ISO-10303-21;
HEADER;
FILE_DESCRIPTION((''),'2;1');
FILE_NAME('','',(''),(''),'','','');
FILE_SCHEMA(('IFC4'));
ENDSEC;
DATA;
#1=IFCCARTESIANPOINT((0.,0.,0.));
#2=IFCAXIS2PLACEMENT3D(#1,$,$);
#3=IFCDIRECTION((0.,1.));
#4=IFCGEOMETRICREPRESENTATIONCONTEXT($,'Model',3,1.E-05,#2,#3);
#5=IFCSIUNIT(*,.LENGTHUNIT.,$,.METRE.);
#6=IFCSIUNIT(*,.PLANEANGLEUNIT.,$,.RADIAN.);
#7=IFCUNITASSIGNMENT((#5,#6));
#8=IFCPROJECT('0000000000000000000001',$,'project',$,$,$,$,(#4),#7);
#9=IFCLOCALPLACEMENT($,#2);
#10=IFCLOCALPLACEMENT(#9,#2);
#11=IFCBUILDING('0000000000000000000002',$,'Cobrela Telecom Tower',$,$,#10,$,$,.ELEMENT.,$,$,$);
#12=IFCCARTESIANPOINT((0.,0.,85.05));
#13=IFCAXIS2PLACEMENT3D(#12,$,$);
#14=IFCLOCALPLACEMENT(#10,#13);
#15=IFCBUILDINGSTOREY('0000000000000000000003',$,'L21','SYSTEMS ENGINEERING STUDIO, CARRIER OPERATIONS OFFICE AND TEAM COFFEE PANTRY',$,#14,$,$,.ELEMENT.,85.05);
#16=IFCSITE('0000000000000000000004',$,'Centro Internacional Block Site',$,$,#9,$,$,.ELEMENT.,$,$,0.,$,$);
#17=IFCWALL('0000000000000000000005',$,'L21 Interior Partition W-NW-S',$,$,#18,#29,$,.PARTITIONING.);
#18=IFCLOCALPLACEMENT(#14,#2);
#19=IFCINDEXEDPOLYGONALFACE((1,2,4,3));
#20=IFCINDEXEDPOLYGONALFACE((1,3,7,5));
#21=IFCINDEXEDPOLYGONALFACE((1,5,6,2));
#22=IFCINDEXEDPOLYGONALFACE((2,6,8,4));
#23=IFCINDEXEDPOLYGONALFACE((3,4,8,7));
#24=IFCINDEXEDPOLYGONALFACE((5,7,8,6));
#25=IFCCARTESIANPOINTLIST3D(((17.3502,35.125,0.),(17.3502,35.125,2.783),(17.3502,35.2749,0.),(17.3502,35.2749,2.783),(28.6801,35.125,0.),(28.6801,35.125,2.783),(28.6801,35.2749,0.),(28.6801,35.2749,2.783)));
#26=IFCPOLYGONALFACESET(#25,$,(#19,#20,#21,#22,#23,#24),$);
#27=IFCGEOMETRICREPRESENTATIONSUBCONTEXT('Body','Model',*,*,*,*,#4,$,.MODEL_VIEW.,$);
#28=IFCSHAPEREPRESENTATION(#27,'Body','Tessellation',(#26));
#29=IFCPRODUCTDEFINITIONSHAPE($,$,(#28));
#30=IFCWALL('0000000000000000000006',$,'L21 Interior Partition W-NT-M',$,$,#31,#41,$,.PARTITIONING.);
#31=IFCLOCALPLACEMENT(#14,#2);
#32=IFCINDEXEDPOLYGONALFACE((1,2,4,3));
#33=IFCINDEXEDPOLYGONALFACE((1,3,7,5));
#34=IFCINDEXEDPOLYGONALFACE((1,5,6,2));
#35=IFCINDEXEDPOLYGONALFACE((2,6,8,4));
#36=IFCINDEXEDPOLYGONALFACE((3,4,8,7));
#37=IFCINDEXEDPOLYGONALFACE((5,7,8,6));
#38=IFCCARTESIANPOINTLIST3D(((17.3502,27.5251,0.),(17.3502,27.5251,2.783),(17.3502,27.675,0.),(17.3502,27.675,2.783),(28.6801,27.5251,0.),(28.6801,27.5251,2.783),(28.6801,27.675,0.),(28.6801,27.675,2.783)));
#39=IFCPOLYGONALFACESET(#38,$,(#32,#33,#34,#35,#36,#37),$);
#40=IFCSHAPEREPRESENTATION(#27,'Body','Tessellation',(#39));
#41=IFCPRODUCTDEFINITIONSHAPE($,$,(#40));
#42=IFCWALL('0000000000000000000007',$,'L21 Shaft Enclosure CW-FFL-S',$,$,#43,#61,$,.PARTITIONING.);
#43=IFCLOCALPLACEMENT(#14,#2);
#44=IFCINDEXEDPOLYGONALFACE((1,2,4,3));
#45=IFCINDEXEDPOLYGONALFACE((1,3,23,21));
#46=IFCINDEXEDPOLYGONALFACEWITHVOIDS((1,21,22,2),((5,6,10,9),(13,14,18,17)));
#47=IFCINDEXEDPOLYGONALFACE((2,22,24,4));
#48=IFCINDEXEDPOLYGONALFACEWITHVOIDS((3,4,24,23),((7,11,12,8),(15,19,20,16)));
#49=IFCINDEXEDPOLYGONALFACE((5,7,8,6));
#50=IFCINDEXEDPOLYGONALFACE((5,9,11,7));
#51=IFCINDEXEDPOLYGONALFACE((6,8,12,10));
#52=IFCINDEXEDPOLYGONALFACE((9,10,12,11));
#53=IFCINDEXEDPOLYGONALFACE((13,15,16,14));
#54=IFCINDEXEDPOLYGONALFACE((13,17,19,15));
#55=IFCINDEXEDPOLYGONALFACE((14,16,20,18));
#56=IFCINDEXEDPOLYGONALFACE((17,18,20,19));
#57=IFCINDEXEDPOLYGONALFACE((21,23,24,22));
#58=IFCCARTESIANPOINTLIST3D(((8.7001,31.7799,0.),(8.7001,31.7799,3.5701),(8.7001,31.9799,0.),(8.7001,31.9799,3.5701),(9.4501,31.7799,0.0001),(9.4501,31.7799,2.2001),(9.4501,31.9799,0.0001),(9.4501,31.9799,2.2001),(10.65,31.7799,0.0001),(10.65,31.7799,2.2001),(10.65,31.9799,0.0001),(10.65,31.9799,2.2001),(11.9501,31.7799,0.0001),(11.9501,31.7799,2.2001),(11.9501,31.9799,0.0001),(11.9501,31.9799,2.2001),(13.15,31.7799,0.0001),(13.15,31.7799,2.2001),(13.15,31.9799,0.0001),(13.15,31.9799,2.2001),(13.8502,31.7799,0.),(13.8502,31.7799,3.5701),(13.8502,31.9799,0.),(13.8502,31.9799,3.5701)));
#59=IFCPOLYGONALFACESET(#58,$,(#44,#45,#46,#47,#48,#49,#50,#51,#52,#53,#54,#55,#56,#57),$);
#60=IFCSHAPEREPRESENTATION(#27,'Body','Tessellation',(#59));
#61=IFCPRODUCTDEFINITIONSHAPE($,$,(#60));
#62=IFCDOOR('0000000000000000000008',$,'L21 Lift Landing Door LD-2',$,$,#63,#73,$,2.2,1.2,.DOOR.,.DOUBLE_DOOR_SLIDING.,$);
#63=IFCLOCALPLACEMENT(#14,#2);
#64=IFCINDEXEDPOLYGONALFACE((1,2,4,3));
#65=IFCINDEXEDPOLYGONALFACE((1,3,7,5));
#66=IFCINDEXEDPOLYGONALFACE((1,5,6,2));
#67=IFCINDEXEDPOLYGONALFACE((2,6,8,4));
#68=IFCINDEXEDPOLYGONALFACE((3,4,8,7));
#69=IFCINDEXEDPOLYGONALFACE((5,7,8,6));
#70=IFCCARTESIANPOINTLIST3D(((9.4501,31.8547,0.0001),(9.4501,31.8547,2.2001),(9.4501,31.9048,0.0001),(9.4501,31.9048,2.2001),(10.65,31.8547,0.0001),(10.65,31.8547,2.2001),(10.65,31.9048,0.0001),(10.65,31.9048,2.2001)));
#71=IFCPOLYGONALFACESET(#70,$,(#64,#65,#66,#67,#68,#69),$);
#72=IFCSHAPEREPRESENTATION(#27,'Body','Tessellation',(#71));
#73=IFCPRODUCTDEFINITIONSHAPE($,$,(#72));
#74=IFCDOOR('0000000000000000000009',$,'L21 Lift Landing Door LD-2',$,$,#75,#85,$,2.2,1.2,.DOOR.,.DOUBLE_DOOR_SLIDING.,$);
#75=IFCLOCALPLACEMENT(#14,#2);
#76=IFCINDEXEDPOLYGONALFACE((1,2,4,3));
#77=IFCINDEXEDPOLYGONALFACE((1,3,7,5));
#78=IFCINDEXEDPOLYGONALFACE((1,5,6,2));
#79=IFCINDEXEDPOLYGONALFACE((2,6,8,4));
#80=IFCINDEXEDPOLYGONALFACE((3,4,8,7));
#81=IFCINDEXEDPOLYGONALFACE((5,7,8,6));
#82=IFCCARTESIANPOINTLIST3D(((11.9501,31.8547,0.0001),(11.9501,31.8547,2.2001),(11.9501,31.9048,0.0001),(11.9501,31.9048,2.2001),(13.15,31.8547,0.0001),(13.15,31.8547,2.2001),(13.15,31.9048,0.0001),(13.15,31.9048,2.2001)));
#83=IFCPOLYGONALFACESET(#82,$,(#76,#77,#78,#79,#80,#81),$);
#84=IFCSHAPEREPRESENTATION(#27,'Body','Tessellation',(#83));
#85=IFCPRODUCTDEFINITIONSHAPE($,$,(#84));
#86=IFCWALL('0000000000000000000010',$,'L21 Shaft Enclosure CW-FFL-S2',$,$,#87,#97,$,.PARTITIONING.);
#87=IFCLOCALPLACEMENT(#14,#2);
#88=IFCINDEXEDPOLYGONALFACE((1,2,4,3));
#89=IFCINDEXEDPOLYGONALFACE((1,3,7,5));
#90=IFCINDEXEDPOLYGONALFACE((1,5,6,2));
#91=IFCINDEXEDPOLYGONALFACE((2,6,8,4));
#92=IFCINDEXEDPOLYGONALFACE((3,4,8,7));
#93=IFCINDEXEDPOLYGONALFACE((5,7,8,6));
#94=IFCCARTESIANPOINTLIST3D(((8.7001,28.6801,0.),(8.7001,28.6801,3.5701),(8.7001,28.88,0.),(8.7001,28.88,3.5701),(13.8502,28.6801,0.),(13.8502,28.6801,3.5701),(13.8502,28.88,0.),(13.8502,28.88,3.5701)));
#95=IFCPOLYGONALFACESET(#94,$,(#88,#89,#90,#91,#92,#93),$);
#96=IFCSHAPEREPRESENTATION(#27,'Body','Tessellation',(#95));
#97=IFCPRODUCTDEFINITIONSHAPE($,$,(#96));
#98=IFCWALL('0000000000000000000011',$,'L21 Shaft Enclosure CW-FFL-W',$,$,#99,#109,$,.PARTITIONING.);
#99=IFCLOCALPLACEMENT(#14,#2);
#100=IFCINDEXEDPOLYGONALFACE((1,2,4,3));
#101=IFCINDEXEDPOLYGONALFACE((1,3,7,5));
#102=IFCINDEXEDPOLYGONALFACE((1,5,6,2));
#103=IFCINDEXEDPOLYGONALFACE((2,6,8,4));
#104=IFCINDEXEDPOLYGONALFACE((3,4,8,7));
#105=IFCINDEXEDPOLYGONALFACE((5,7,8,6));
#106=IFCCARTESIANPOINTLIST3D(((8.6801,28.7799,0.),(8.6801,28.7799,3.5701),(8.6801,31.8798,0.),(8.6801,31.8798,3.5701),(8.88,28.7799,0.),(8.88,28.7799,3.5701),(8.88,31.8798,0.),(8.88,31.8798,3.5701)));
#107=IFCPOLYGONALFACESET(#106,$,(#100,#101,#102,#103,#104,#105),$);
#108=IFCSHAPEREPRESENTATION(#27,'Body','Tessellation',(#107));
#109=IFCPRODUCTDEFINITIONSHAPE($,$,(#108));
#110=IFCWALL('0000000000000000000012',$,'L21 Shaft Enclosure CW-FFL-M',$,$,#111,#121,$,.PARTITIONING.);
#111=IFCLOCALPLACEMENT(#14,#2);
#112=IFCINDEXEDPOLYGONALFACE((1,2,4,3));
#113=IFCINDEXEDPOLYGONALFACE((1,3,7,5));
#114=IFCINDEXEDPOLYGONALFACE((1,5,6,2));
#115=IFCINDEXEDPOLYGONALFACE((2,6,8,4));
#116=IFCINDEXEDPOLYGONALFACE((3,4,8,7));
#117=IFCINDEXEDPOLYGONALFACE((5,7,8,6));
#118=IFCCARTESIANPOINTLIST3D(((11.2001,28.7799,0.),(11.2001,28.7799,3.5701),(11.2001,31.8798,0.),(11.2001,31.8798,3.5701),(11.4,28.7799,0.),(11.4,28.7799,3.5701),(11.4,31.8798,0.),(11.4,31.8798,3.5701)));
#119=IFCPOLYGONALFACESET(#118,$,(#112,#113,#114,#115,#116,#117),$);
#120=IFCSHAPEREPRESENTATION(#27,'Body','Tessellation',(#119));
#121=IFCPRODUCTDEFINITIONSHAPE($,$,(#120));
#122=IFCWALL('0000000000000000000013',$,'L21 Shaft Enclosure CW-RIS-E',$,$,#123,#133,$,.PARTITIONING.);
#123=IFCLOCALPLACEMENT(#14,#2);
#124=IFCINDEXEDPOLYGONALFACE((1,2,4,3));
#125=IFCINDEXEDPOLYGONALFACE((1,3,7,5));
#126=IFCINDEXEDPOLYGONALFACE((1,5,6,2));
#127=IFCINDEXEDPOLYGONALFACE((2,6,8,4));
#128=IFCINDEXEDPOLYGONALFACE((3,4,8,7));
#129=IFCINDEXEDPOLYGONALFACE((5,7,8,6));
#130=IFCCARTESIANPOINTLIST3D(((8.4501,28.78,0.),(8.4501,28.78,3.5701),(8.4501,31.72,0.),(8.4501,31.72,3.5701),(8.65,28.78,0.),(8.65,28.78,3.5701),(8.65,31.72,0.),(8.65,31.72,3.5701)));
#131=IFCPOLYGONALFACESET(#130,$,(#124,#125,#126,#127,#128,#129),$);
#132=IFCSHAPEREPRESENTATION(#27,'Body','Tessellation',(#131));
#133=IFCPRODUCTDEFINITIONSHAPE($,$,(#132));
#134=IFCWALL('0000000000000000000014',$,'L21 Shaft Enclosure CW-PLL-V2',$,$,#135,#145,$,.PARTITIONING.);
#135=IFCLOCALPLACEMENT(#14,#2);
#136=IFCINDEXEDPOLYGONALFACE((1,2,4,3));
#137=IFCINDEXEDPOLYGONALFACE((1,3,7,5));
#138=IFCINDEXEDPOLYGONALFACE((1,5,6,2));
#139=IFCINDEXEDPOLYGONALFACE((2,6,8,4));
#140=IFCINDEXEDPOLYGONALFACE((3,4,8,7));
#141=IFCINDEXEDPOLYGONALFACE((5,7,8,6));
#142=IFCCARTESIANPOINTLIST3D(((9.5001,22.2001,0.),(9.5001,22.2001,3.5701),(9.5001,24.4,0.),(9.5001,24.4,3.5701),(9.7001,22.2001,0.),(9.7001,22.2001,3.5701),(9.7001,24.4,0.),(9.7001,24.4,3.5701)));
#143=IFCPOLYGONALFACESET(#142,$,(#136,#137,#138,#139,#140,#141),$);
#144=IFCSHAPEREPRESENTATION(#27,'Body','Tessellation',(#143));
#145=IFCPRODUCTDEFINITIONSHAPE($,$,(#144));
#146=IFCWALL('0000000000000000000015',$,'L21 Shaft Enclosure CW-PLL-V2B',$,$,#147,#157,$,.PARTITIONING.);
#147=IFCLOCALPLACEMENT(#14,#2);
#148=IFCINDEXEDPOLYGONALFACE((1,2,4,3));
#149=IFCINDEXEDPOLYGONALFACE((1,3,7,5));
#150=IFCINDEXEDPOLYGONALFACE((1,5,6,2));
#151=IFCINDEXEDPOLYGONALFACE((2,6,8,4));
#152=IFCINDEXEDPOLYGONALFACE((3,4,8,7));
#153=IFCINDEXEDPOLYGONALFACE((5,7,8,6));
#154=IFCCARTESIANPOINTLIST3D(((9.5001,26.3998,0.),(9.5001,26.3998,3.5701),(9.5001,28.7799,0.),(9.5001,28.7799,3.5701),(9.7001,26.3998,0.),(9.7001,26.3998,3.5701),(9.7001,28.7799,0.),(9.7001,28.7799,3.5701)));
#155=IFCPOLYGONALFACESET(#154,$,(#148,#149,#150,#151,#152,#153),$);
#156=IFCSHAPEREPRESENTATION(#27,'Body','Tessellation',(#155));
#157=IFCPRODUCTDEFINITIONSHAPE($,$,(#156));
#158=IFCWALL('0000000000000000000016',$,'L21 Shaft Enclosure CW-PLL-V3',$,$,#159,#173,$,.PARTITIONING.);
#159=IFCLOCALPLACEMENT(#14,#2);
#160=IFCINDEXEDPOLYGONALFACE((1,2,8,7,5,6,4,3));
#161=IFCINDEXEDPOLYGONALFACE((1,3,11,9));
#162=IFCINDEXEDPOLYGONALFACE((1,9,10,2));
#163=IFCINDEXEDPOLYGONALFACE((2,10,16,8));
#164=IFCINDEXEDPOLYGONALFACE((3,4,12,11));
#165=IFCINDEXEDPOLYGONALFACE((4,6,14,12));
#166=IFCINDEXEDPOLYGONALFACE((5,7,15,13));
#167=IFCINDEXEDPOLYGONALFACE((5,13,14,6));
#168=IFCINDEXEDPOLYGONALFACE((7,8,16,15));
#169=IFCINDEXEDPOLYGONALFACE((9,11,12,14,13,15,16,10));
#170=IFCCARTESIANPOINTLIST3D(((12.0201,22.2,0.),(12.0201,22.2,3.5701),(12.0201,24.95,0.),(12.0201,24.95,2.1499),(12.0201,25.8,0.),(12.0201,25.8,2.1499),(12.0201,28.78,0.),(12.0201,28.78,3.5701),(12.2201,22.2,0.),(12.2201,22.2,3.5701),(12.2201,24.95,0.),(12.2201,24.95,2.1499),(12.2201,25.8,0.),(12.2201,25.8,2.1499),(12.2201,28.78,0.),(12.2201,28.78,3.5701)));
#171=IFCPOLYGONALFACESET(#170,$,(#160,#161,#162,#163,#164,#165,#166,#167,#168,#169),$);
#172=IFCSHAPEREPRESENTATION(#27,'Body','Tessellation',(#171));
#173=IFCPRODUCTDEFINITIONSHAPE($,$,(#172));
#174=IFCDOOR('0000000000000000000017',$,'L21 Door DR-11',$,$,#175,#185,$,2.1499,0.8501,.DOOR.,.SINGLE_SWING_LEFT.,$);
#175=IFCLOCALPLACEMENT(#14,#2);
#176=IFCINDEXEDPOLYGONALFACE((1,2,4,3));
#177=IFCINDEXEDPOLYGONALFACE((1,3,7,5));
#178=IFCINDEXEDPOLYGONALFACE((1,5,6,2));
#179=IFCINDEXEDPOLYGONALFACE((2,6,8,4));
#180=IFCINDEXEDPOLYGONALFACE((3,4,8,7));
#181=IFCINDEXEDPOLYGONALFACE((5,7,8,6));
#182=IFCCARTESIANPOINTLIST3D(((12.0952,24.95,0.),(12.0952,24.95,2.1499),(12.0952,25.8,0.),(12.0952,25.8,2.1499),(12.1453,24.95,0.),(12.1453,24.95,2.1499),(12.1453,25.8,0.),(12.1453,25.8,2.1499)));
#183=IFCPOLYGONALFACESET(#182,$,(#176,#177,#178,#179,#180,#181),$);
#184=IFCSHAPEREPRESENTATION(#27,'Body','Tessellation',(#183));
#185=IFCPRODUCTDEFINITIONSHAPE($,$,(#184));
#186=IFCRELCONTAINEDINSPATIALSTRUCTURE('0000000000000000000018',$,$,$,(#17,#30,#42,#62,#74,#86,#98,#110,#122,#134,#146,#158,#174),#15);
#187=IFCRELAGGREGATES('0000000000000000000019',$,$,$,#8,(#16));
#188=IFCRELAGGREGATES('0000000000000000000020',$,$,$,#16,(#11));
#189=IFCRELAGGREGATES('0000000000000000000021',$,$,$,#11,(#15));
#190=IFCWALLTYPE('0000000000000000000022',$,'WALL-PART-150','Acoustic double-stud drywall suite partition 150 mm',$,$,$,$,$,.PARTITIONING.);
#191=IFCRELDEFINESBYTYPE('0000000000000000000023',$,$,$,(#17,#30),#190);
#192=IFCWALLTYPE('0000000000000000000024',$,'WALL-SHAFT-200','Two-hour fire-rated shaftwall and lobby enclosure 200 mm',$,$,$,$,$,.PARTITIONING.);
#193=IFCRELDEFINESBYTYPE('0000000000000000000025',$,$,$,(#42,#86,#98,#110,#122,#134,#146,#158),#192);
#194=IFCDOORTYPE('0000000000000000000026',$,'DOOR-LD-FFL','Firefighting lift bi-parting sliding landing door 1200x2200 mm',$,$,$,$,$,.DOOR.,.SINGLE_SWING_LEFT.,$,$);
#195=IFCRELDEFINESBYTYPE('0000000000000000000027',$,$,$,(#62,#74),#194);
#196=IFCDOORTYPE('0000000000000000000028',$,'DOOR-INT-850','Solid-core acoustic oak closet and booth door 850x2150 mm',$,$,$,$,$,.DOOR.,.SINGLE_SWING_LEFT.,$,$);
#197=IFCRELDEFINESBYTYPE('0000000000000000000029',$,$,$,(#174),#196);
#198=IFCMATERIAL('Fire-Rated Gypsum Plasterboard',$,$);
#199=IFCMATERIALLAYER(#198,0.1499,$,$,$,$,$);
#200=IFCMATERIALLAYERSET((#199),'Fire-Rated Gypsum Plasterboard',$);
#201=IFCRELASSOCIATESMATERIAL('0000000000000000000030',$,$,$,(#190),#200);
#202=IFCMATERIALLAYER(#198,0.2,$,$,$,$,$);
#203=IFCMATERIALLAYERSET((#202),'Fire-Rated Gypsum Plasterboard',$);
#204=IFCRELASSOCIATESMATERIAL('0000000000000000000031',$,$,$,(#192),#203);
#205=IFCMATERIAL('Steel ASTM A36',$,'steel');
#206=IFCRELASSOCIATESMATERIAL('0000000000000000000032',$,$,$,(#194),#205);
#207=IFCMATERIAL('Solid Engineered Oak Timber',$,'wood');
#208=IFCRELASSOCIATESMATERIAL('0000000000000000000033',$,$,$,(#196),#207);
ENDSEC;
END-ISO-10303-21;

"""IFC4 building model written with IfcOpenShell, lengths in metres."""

from ifc_helpers import new_model, si_unit, direction, frame, frame_2d, origin, place, context, subcontext, project, spatial, rectangle, extrude, material, layer, layer_set, type_object, element, fill, save


model = new_model("IFC4")

# Units and contexts
model_context = context("Model", 3, precision=1e-05, world=origin(), true_north=direction((0.0, 1.0)))
body_context = subcontext(model_context, "Body", "Model", "MODEL_VIEW")
ifc_project = project(units=[si_unit("LENGTHUNIT", "METRE"), si_unit("PLANEANGLEUNIT", "RADIAN")], contexts=[model_context])

# Site, building, storey
site_placement = place(None, origin())
site = spatial("IfcSite", under=ifc_project, at=site_placement, Name="Centro Internacional Block Site", CompositionType="ELEMENT", RefElevation=0.0)
building_placement = place(site_placement, origin())
building = spatial("IfcBuilding", under=site, at=building_placement, Name="Cobrela Telecom Tower", CompositionType="ELEMENT")
storey_placement = place(building_placement, frame((0.0, 0.0, 85.05)))
storey = spatial("IfcBuildingStorey", under=building, at=storey_placement, Name="L21", Description="SYSTEMS ENGINEERING STUDIO, CARRIER OPERATIONS OFFICE AND TEAM COFFEE PANTRY", CompositionType="ELEMENT", Elevation=85.05)

# Shared definitions
ifc_material_1 = material(Name="Steel ASTM A36", Category="steel")

# Shared definitions
ifc_material_2 = material(Name="Fire-Rated Gypsum Plasterboard")
ifc_layer_1 = layer(ifc_material_2, 0.1499)
ifc_layer_set_1 = layer_set([ifc_layer_1], Name="Fire-Rated Gypsum Plasterboard")
wall_type_1 = type_object("IfcWallType", Name="WALL-PART-150", Description="Acoustic double-stud drywall suite partition 150 mm", PredefinedType="PARTITIONING", material=ifc_layer_set_1)
ifc_material_3 = material(Name="Solid Engineered Oak Timber", Category="wood")

# Walls
for number, where, z_axis, x_axis, name in (
    (1, (17.3501, 35.2, 0.0), (0.0, 0.0, 1.0), (1.0, 0.0, 0.0), "L21 Interior Partition W-NW-S"),
    (2, (17.3501, 27.6001, 0.0), (0.0, 0.0, 1.0), (1.0, 0.0, 0.0), "L21 Interior Partition W-NT-M"),
):
    element("IfcWall", number, at=place(storey_placement, frame(where, z_axis=z_axis, x_axis=x_axis)), inside=storey, type_object=wall_type_1, Name=name, PredefinedType="PARTITIONING", context=body_context, shape_type="SweptSolid", body=[
        extrude(rectangle(XDim=11.3298, YDim=0.1499, at=frame_2d((5.665, 0.0))), origin(), (0.0, 0.0, 1.0), 2.783),
    ])

# Wall, openings, doors
ifc_layer_2 = layer(ifc_material_2, 0.2)
ifc_layer_set_2 = layer_set([ifc_layer_2], Name="Fire-Rated Gypsum Plasterboard")
wall_type_2 = type_object("IfcWallType", Name="WALL-SHAFT-200", Description="Two-hour fire-rated shaftwall and lobby enclosure 200 mm", PredefinedType="PARTITIONING", material=ifc_layer_set_2)
wall_1_placement = place(storey_placement, frame((8.7, 31.8799, 0.0), z_axis=(0.0, 0.0, 1.0), x_axis=(1.0, 0.0, 0.0)))
wall_1 = element("IfcWall", 3, at=wall_1_placement, inside=storey, type_object=wall_type_2, Name="L21 Shaft Enclosure CW-FFL-S", PredefinedType="PARTITIONING", context=body_context, shape_type="SweptSolid", body=[
    extrude(rectangle(XDim=5.1501, YDim=0.2, at=frame_2d((2.5752, 0.0))), origin(), (0.0, 0.0, 1.0), 3.5701),
])
opening_1_placement = place(wall_1_placement, frame((0.75, 0.0, 0.0)))
opening_1 = element("IfcOpeningElement", 4, at=opening_1_placement, cuts=wall_1, PredefinedType="OPENING", context=body_context, shape_type="SweptSolid", body=[
    extrude(rectangle(XDim=1.2, YDim=2.2, at=frame_2d((0.6001, 1.1001))), frame((0.0, 0.1118, 0.0), z_axis=(0.0, -1.0, 0.0), x_axis=(1.0, 0.0, 0.0)), (0.0, 0.0, 1.0), 0.2239),
])
opening_2_placement = place(wall_1_placement, frame((3.25, 0.0, 0.0)))
opening_2 = element("IfcOpeningElement", 5, at=opening_2_placement, cuts=wall_1, PredefinedType="OPENING", context=body_context, shape_type="SweptSolid", body=[
    extrude(rectangle(XDim=1.2, YDim=2.2, at=frame_2d((0.6001, 1.1001))), frame((0.0, 0.1118, 0.0), z_axis=(0.0, -1.0, 0.0), x_axis=(1.0, 0.0, 0.0)), (0.0, 0.0, 1.0), 0.2239),
])
door_type_1 = type_object("IfcDoorType", Name="DOOR-LD-FFL", Description="Firefighting lift bi-parting sliding landing door 1200x2200 mm", OperationType="SINGLE_SWING_LEFT", PredefinedType="DOOR", material=ifc_material_1)
door_1_placement = place(opening_1_placement, origin())
door_1 = element("IfcDoor", 6, at=door_1_placement, inside=storey, type_object=door_type_1, Name="L21 Lift Landing Door LD-2", OperationType="DOUBLE_DOOR_SLIDING", OverallHeight=2.2, OverallWidth=1.2, PredefinedType="DOOR", context=body_context, shape_type="SweptSolid", body=[
    extrude(rectangle(XDim=1.2, YDim=2.2, at=frame_2d((0.6001, 1.1001))), frame((0.0, 0.0249, 0.0), z_axis=(0.0, -1.0, 0.0), x_axis=(1.0, 0.0, 0.0)), (0.0, 0.0, 1.0), 0.05),
])
fill(opening_1, door_1)
door_2_placement = place(opening_2_placement, origin())
door_2 = element("IfcDoor", 7, at=door_2_placement, inside=storey, type_object=door_type_1, Name="L21 Lift Landing Door LD-2", OperationType="DOUBLE_DOOR_SLIDING", OverallHeight=2.2, OverallWidth=1.2, PredefinedType="DOOR", context=body_context, shape_type="SweptSolid", body=[
    extrude(rectangle(XDim=1.2, YDim=2.2, at=frame_2d((0.6001, 1.1001))), frame((0.0, 0.0249, 0.0), z_axis=(0.0, -1.0, 0.0), x_axis=(1.0, 0.0, 0.0)), (0.0, 0.0, 1.0), 0.05),
])
fill(opening_2, door_2)

# Walls
wall_2_placement = place(storey_placement, frame((8.7, 28.78, 0.0), z_axis=(0.0, 0.0, 1.0), x_axis=(1.0, 0.0, 0.0)))
element("IfcWall", 8, at=wall_2_placement, inside=storey, type_object=wall_type_2, Name="L21 Shaft Enclosure CW-FFL-S2", PredefinedType="PARTITIONING", context=body_context, shape_type="SweptSolid", body=[
    extrude(rectangle(XDim=5.1501, YDim=0.2, at=frame_2d((2.5752, 0.0))), origin(), (0.0, 0.0, 1.0), 3.5701),
])
for number, where, z_axis, x_axis, name in (
    (9, (8.78, 28.78, 0.0), (0.0, 0.0, 1.0), (0.0, 1.0, 0.0), "L21 Shaft Enclosure CW-FFL-W"),
    (10, (11.3, 28.78, 0.0), (0.0, 0.0, 1.0), (0.0, 1.0, 0.0), "L21 Shaft Enclosure CW-FFL-M"),
):
    element("IfcWall", number, at=place(storey_placement, frame(where, z_axis=z_axis, x_axis=x_axis)), inside=storey, type_object=wall_type_2, Name=name, PredefinedType="PARTITIONING", context=body_context, shape_type="SweptSolid", body=[
        extrude(rectangle(XDim=3.0999, YDim=0.2, at=frame_2d((1.5498, 0.0))), origin(), (0.0, 0.0, 1.0), 3.5701),
    ])
wall_3_placement = place(storey_placement, frame((8.55, 28.78, 0.0), z_axis=(0.0, 0.0, 1.0), x_axis=(0.0, 1.0, 0.0)))
element("IfcWall", 11, at=wall_3_placement, inside=storey, type_object=wall_type_2, Name="L21 Shaft Enclosure CW-RIS-E", PredefinedType="PARTITIONING", context=body_context, shape_type="SweptSolid", body=[
    extrude(rectangle(XDim=2.9399, YDim=0.2, at=frame_2d((1.47, 0.0))), origin(), (0.0, 0.0, 1.0), 3.5701),
])
wall_4_placement = place(storey_placement, frame((9.6001, 22.2, 0.0), z_axis=(0.0, 0.0, 1.0), x_axis=(0.0, 1.0, 0.0)))
element("IfcWall", 12, at=wall_4_placement, inside=storey, type_object=wall_type_2, Name="L21 Shaft Enclosure CW-PLL-V2", PredefinedType="PARTITIONING", context=body_context, shape_type="SweptSolid", body=[
    extrude(rectangle(XDim=2.2, YDim=0.2, at=frame_2d((1.1001, 0.0))), origin(), (0.0, 0.0, 1.0), 3.5701),
])
wall_5_placement = place(storey_placement, frame((9.6001, 26.3999, 0.0), z_axis=(0.0, 0.0, 1.0), x_axis=(0.0, 1.0, 0.0)))
element("IfcWall", 13, at=wall_5_placement, inside=storey, type_object=wall_type_2, Name="L21 Shaft Enclosure CW-PLL-V2B", PredefinedType="PARTITIONING", context=body_context, shape_type="SweptSolid", body=[
    extrude(rectangle(XDim=2.3801, YDim=0.2, at=frame_2d((1.1899, 0.0))), origin(), (0.0, 0.0, 1.0), 3.5701),
])

# Wall, opening, door
wall_6_placement = place(storey_placement, frame((12.1201, 22.2, 0.0), z_axis=(0.0, 0.0, 1.0), x_axis=(0.0, 1.0, 0.0)))
wall_6 = element("IfcWall", 14, at=wall_6_placement, inside=storey, type_object=wall_type_2, Name="L21 Shaft Enclosure CW-PLL-V3", PredefinedType="PARTITIONING", context=body_context, shape_type="SweptSolid", body=[
    extrude(rectangle(XDim=6.5801, YDim=0.2, at=frame_2d((3.29, 0.0))), origin(), (0.0, 0.0, 1.0), 3.5701),
])
opening_3_placement = place(wall_6_placement, frame((2.75, 0.0, 0.0)))
opening_3 = element("IfcOpeningElement", 15, at=opening_3_placement, cuts=wall_6, PredefinedType="OPENING", context=body_context, shape_type="SweptSolid", body=[
    extrude(rectangle(XDim=0.8501, YDim=2.1499, at=frame_2d((0.425, 1.075))), frame((0.0, 0.1118, 0.0), z_axis=(0.0, -1.0, 0.0), x_axis=(1.0, 0.0, 0.0)), (0.0, 0.0, 1.0), 0.2239),
])
door_type_2 = type_object("IfcDoorType", Name="DOOR-INT-850", Description="Solid-core acoustic oak closet and booth door 850x2150 mm", OperationType="SINGLE_SWING_LEFT", PredefinedType="DOOR", material=ifc_material_3)
door_3_placement = place(opening_3_placement, origin())
door_3 = element("IfcDoor", 16, at=door_3_placement, inside=storey, type_object=door_type_2, Name="L21 Door DR-11", OperationType="SINGLE_SWING_LEFT", OverallHeight=2.1499, OverallWidth=0.8501, PredefinedType="DOOR", context=body_context, shape_type="SweptSolid", body=[
    extrude(rectangle(XDim=0.8501, YDim=2.1499, at=frame_2d((0.425, 1.075))), frame((0.0, 0.0249, 0.0), z_axis=(0.0, -1.0, 0.0), x_axis=(1.0, 0.0, 0.0)), (0.0, 0.0, 1.0), 0.05),
])
fill(opening_3, door_3)

save(model, "model.ifc")
